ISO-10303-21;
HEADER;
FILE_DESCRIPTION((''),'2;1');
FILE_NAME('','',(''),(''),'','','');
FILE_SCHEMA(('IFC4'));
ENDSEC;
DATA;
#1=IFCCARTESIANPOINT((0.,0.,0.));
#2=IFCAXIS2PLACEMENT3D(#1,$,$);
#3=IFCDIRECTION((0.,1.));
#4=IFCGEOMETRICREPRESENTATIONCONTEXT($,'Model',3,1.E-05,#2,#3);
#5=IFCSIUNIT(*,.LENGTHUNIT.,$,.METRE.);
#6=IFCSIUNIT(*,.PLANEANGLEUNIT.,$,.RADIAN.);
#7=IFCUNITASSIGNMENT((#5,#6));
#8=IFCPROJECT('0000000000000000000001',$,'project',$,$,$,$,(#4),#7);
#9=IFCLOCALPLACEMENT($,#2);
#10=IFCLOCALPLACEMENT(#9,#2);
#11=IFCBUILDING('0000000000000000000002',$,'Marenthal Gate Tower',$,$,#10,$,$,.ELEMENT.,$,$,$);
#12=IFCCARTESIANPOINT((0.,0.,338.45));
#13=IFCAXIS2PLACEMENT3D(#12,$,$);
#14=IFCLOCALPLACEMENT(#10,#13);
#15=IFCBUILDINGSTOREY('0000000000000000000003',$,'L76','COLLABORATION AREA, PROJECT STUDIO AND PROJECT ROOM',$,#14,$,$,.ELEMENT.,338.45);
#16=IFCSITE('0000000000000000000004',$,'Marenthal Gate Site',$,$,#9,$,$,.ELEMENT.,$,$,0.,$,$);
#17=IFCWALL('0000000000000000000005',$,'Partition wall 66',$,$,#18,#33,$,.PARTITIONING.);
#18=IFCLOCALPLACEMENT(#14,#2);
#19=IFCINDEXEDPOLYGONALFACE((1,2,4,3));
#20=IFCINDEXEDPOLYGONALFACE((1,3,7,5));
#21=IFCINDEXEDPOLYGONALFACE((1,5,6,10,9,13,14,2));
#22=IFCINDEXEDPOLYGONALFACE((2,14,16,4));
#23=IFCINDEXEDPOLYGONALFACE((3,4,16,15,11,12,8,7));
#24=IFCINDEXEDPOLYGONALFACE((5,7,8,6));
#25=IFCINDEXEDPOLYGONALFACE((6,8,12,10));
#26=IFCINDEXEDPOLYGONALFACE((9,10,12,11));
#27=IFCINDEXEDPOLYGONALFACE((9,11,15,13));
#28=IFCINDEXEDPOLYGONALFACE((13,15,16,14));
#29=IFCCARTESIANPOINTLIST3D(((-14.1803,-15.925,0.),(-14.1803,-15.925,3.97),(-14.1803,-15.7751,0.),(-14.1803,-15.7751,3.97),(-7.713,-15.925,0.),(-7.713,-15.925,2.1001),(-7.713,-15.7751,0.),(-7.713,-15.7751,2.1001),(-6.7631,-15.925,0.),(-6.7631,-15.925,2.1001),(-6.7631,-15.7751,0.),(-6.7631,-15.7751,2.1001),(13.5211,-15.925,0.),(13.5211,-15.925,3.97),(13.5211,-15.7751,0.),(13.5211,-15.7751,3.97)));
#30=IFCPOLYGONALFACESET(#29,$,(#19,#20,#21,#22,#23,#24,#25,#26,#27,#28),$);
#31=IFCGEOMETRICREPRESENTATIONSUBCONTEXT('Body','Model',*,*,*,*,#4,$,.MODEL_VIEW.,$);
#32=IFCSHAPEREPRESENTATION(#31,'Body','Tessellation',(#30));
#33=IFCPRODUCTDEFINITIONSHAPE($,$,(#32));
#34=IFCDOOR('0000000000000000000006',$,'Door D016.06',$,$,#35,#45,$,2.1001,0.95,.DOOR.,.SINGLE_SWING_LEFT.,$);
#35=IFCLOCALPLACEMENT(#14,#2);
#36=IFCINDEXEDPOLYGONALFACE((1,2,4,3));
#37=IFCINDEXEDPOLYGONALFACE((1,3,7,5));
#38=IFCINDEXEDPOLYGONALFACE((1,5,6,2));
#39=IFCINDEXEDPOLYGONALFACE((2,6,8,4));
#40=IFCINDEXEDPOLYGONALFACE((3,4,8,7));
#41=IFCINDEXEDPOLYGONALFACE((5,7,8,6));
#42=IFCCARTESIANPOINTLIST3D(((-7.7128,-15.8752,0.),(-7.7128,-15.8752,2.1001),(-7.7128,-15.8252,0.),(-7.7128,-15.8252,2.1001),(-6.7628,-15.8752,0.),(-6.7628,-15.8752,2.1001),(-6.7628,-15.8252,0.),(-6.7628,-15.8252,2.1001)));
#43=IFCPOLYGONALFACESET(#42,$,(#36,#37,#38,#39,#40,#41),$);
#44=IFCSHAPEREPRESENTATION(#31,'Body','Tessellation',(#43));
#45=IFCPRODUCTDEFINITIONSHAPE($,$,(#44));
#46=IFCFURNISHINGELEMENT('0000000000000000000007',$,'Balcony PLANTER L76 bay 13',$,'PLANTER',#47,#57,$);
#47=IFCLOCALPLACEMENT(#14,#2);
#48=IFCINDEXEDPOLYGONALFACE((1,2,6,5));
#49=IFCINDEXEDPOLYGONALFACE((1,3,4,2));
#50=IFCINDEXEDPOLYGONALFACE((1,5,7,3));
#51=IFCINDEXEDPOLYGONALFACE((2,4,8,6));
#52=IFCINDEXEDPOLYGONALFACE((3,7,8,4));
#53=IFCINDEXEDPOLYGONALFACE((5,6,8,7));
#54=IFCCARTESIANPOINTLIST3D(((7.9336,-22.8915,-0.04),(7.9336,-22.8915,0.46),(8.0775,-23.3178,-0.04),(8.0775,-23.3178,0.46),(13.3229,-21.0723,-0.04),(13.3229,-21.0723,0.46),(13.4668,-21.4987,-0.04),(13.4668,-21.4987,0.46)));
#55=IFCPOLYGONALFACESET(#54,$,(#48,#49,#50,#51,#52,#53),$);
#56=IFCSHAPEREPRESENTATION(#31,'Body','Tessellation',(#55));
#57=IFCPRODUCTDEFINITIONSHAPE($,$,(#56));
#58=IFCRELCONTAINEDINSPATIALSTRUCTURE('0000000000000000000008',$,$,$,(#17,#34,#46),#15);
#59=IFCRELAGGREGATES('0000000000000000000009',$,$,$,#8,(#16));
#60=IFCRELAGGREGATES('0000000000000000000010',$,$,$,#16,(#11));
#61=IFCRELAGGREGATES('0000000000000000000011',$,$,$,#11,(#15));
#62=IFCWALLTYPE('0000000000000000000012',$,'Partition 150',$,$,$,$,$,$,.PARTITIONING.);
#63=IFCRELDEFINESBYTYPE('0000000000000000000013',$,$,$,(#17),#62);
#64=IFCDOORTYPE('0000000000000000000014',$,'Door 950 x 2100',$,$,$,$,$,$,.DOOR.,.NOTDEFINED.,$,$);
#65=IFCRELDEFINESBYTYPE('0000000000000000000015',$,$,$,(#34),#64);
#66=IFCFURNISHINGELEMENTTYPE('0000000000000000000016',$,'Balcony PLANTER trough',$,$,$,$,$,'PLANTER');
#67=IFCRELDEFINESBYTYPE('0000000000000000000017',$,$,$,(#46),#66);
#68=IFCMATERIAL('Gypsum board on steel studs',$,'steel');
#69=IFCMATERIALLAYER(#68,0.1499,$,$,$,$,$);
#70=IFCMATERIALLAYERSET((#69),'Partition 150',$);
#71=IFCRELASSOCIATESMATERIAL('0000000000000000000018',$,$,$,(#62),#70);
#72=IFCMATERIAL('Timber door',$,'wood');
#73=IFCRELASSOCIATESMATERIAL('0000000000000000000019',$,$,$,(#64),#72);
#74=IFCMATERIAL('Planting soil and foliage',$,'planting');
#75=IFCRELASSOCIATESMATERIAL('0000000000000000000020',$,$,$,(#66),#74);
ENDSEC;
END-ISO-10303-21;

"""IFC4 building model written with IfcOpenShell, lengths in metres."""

from ifc_helpers import new_model, si_unit, direction, frame, frame_2d, origin, origin_2d, place, context, subcontext, project, spatial, rectangle, extrude, material, layer, layer_set, type_object, element, fill, save


model = new_model("IFC4")

# Units and contexts
model_context = context("Model", 3, precision=1e-05, world=origin(), true_north=direction((0.0, 1.0)))
body_context = subcontext(model_context, "Body", "Model", "MODEL_VIEW")
ifc_project = project(units=[si_unit("LENGTHUNIT", "METRE"), si_unit("PLANEANGLEUNIT", "RADIAN")], contexts=[model_context])

# Site, building, storey
site_placement = place(None, origin())
site = spatial("IfcSite", under=ifc_project, at=site_placement, Name="Marenthal Gate Site", CompositionType="ELEMENT", RefElevation=0.0)
building_placement = place(site_placement, origin())
building = spatial("IfcBuilding", under=site, at=building_placement, Name="Marenthal Gate Tower", CompositionType="ELEMENT")
storey_placement = place(building_placement, frame((0.0, 0.0, 338.45)))
storey = spatial("IfcBuildingStorey", under=building, at=storey_placement, Name="L76", Description="COLLABORATION AREA, PROJECT STUDIO AND PROJECT ROOM", CompositionType="ELEMENT", Elevation=338.45)

# Shared definitions
ifc_material_1 = material(Name="Gypsum board on steel studs", Category="steel")
ifc_layer_1 = layer(ifc_material_1, 0.1499)
ifc_layer_set_1 = layer_set([ifc_layer_1], Name="Partition 150")
wall_type_1 = type_object("IfcWallType", Name="Partition 150", PredefinedType="PARTITIONING", material=ifc_layer_set_1)

# Wall, opening, door
wall_1_placement = place(storey_placement, frame((13.521, -15.8501, 0.0), z_axis=(0.0, 0.0, 1.0), x_axis=(-1.0, 0.0, 0.0)))
wall_1 = element("IfcWall", 1, at=wall_1_placement, inside=storey, type_object=wall_type_1, Name="Partition wall 66", PredefinedType="PARTITIONING", context=body_context, shape_type="SweptSolid", body=[
    extrude(rectangle(XDim=27.7014, YDim=0.1499, at=frame_2d((13.8506, 0.0))), origin(), (0.0, 0.0, 1.0), 3.97),
])
opening_1_placement = place(wall_1_placement, frame((20.2839, 0.0, 0.0)))
opening_1 = element("IfcOpeningElement", 2, at=opening_1_placement, cuts=wall_1, PredefinedType="OPENING", context=body_context, shape_type="SweptSolid", body=[
    extrude(rectangle(XDim=0.95, YDim=2.1001, at=frame_2d((0.4751, 1.05))), frame((0.0, 0.085, 0.0), z_axis=(0.0, -1.0, 0.0), x_axis=(1.0, 0.0, 0.0)), (0.0, 0.0, 1.0), 0.1699),
])
ifc_material_2 = material(Name="Timber door", Category="wood")
door_type_1 = type_object("IfcDoorType", Name="Door 950 x 2100", OperationType="NOTDEFINED", PredefinedType="DOOR", material=ifc_material_2)
door_1_placement = place(opening_1_placement, frame((0.95, 0.0, 0.0), z_axis=(0.0, 0.0, 1.0), x_axis=(-1.0, 0.0, 0.0)))
door_1 = element("IfcDoor", 3, at=door_1_placement, inside=storey, type_object=door_type_1, Name="Door D016.06", OperationType="SINGLE_SWING_LEFT", OverallHeight=2.1001, OverallWidth=0.95, PredefinedType="DOOR", context=body_context, shape_type="SweptSolid", body=[
    extrude(rectangle(XDim=0.95, YDim=2.1001, at=frame_2d((0.4751, 1.05))), frame((0.0, 0.0249, 0.0), z_axis=(0.0, -1.0, 0.0), x_axis=(1.0, 0.0, 0.0)), (0.0, 0.0, 1.0), 0.05),
])
fill(opening_1, door_1)

# Furnishing element
ifc_material_3 = material(Name="Planting soil and foliage", Category="planting")
furnishing_element_type = type_object("IfcFurnishingElementType", Name="Balcony PLANTER trough", ElementType="PLANTER", material=ifc_material_3)
furnishing_placement = place(storey_placement, frame((10.7002, -22.1951, -0.04), z_axis=(0.0, 0.0, 1.0), x_axis=(0.947479, 0.319818, 0.0)))
element("IfcFurnishingElement", 4, at=furnishing_placement, inside=storey, type_object=furnishing_element_type, Name="Balcony PLANTER L76 bay 13", ObjectType="PLANTER", context=body_context, shape_type="SweptSolid", body=[
    extrude(rectangle(XDim=5.688, YDim=0.45, at=origin_2d()), origin(), (0.0, 0.0, 1.0), 0.5),
])

save(model, "model.ifc")
